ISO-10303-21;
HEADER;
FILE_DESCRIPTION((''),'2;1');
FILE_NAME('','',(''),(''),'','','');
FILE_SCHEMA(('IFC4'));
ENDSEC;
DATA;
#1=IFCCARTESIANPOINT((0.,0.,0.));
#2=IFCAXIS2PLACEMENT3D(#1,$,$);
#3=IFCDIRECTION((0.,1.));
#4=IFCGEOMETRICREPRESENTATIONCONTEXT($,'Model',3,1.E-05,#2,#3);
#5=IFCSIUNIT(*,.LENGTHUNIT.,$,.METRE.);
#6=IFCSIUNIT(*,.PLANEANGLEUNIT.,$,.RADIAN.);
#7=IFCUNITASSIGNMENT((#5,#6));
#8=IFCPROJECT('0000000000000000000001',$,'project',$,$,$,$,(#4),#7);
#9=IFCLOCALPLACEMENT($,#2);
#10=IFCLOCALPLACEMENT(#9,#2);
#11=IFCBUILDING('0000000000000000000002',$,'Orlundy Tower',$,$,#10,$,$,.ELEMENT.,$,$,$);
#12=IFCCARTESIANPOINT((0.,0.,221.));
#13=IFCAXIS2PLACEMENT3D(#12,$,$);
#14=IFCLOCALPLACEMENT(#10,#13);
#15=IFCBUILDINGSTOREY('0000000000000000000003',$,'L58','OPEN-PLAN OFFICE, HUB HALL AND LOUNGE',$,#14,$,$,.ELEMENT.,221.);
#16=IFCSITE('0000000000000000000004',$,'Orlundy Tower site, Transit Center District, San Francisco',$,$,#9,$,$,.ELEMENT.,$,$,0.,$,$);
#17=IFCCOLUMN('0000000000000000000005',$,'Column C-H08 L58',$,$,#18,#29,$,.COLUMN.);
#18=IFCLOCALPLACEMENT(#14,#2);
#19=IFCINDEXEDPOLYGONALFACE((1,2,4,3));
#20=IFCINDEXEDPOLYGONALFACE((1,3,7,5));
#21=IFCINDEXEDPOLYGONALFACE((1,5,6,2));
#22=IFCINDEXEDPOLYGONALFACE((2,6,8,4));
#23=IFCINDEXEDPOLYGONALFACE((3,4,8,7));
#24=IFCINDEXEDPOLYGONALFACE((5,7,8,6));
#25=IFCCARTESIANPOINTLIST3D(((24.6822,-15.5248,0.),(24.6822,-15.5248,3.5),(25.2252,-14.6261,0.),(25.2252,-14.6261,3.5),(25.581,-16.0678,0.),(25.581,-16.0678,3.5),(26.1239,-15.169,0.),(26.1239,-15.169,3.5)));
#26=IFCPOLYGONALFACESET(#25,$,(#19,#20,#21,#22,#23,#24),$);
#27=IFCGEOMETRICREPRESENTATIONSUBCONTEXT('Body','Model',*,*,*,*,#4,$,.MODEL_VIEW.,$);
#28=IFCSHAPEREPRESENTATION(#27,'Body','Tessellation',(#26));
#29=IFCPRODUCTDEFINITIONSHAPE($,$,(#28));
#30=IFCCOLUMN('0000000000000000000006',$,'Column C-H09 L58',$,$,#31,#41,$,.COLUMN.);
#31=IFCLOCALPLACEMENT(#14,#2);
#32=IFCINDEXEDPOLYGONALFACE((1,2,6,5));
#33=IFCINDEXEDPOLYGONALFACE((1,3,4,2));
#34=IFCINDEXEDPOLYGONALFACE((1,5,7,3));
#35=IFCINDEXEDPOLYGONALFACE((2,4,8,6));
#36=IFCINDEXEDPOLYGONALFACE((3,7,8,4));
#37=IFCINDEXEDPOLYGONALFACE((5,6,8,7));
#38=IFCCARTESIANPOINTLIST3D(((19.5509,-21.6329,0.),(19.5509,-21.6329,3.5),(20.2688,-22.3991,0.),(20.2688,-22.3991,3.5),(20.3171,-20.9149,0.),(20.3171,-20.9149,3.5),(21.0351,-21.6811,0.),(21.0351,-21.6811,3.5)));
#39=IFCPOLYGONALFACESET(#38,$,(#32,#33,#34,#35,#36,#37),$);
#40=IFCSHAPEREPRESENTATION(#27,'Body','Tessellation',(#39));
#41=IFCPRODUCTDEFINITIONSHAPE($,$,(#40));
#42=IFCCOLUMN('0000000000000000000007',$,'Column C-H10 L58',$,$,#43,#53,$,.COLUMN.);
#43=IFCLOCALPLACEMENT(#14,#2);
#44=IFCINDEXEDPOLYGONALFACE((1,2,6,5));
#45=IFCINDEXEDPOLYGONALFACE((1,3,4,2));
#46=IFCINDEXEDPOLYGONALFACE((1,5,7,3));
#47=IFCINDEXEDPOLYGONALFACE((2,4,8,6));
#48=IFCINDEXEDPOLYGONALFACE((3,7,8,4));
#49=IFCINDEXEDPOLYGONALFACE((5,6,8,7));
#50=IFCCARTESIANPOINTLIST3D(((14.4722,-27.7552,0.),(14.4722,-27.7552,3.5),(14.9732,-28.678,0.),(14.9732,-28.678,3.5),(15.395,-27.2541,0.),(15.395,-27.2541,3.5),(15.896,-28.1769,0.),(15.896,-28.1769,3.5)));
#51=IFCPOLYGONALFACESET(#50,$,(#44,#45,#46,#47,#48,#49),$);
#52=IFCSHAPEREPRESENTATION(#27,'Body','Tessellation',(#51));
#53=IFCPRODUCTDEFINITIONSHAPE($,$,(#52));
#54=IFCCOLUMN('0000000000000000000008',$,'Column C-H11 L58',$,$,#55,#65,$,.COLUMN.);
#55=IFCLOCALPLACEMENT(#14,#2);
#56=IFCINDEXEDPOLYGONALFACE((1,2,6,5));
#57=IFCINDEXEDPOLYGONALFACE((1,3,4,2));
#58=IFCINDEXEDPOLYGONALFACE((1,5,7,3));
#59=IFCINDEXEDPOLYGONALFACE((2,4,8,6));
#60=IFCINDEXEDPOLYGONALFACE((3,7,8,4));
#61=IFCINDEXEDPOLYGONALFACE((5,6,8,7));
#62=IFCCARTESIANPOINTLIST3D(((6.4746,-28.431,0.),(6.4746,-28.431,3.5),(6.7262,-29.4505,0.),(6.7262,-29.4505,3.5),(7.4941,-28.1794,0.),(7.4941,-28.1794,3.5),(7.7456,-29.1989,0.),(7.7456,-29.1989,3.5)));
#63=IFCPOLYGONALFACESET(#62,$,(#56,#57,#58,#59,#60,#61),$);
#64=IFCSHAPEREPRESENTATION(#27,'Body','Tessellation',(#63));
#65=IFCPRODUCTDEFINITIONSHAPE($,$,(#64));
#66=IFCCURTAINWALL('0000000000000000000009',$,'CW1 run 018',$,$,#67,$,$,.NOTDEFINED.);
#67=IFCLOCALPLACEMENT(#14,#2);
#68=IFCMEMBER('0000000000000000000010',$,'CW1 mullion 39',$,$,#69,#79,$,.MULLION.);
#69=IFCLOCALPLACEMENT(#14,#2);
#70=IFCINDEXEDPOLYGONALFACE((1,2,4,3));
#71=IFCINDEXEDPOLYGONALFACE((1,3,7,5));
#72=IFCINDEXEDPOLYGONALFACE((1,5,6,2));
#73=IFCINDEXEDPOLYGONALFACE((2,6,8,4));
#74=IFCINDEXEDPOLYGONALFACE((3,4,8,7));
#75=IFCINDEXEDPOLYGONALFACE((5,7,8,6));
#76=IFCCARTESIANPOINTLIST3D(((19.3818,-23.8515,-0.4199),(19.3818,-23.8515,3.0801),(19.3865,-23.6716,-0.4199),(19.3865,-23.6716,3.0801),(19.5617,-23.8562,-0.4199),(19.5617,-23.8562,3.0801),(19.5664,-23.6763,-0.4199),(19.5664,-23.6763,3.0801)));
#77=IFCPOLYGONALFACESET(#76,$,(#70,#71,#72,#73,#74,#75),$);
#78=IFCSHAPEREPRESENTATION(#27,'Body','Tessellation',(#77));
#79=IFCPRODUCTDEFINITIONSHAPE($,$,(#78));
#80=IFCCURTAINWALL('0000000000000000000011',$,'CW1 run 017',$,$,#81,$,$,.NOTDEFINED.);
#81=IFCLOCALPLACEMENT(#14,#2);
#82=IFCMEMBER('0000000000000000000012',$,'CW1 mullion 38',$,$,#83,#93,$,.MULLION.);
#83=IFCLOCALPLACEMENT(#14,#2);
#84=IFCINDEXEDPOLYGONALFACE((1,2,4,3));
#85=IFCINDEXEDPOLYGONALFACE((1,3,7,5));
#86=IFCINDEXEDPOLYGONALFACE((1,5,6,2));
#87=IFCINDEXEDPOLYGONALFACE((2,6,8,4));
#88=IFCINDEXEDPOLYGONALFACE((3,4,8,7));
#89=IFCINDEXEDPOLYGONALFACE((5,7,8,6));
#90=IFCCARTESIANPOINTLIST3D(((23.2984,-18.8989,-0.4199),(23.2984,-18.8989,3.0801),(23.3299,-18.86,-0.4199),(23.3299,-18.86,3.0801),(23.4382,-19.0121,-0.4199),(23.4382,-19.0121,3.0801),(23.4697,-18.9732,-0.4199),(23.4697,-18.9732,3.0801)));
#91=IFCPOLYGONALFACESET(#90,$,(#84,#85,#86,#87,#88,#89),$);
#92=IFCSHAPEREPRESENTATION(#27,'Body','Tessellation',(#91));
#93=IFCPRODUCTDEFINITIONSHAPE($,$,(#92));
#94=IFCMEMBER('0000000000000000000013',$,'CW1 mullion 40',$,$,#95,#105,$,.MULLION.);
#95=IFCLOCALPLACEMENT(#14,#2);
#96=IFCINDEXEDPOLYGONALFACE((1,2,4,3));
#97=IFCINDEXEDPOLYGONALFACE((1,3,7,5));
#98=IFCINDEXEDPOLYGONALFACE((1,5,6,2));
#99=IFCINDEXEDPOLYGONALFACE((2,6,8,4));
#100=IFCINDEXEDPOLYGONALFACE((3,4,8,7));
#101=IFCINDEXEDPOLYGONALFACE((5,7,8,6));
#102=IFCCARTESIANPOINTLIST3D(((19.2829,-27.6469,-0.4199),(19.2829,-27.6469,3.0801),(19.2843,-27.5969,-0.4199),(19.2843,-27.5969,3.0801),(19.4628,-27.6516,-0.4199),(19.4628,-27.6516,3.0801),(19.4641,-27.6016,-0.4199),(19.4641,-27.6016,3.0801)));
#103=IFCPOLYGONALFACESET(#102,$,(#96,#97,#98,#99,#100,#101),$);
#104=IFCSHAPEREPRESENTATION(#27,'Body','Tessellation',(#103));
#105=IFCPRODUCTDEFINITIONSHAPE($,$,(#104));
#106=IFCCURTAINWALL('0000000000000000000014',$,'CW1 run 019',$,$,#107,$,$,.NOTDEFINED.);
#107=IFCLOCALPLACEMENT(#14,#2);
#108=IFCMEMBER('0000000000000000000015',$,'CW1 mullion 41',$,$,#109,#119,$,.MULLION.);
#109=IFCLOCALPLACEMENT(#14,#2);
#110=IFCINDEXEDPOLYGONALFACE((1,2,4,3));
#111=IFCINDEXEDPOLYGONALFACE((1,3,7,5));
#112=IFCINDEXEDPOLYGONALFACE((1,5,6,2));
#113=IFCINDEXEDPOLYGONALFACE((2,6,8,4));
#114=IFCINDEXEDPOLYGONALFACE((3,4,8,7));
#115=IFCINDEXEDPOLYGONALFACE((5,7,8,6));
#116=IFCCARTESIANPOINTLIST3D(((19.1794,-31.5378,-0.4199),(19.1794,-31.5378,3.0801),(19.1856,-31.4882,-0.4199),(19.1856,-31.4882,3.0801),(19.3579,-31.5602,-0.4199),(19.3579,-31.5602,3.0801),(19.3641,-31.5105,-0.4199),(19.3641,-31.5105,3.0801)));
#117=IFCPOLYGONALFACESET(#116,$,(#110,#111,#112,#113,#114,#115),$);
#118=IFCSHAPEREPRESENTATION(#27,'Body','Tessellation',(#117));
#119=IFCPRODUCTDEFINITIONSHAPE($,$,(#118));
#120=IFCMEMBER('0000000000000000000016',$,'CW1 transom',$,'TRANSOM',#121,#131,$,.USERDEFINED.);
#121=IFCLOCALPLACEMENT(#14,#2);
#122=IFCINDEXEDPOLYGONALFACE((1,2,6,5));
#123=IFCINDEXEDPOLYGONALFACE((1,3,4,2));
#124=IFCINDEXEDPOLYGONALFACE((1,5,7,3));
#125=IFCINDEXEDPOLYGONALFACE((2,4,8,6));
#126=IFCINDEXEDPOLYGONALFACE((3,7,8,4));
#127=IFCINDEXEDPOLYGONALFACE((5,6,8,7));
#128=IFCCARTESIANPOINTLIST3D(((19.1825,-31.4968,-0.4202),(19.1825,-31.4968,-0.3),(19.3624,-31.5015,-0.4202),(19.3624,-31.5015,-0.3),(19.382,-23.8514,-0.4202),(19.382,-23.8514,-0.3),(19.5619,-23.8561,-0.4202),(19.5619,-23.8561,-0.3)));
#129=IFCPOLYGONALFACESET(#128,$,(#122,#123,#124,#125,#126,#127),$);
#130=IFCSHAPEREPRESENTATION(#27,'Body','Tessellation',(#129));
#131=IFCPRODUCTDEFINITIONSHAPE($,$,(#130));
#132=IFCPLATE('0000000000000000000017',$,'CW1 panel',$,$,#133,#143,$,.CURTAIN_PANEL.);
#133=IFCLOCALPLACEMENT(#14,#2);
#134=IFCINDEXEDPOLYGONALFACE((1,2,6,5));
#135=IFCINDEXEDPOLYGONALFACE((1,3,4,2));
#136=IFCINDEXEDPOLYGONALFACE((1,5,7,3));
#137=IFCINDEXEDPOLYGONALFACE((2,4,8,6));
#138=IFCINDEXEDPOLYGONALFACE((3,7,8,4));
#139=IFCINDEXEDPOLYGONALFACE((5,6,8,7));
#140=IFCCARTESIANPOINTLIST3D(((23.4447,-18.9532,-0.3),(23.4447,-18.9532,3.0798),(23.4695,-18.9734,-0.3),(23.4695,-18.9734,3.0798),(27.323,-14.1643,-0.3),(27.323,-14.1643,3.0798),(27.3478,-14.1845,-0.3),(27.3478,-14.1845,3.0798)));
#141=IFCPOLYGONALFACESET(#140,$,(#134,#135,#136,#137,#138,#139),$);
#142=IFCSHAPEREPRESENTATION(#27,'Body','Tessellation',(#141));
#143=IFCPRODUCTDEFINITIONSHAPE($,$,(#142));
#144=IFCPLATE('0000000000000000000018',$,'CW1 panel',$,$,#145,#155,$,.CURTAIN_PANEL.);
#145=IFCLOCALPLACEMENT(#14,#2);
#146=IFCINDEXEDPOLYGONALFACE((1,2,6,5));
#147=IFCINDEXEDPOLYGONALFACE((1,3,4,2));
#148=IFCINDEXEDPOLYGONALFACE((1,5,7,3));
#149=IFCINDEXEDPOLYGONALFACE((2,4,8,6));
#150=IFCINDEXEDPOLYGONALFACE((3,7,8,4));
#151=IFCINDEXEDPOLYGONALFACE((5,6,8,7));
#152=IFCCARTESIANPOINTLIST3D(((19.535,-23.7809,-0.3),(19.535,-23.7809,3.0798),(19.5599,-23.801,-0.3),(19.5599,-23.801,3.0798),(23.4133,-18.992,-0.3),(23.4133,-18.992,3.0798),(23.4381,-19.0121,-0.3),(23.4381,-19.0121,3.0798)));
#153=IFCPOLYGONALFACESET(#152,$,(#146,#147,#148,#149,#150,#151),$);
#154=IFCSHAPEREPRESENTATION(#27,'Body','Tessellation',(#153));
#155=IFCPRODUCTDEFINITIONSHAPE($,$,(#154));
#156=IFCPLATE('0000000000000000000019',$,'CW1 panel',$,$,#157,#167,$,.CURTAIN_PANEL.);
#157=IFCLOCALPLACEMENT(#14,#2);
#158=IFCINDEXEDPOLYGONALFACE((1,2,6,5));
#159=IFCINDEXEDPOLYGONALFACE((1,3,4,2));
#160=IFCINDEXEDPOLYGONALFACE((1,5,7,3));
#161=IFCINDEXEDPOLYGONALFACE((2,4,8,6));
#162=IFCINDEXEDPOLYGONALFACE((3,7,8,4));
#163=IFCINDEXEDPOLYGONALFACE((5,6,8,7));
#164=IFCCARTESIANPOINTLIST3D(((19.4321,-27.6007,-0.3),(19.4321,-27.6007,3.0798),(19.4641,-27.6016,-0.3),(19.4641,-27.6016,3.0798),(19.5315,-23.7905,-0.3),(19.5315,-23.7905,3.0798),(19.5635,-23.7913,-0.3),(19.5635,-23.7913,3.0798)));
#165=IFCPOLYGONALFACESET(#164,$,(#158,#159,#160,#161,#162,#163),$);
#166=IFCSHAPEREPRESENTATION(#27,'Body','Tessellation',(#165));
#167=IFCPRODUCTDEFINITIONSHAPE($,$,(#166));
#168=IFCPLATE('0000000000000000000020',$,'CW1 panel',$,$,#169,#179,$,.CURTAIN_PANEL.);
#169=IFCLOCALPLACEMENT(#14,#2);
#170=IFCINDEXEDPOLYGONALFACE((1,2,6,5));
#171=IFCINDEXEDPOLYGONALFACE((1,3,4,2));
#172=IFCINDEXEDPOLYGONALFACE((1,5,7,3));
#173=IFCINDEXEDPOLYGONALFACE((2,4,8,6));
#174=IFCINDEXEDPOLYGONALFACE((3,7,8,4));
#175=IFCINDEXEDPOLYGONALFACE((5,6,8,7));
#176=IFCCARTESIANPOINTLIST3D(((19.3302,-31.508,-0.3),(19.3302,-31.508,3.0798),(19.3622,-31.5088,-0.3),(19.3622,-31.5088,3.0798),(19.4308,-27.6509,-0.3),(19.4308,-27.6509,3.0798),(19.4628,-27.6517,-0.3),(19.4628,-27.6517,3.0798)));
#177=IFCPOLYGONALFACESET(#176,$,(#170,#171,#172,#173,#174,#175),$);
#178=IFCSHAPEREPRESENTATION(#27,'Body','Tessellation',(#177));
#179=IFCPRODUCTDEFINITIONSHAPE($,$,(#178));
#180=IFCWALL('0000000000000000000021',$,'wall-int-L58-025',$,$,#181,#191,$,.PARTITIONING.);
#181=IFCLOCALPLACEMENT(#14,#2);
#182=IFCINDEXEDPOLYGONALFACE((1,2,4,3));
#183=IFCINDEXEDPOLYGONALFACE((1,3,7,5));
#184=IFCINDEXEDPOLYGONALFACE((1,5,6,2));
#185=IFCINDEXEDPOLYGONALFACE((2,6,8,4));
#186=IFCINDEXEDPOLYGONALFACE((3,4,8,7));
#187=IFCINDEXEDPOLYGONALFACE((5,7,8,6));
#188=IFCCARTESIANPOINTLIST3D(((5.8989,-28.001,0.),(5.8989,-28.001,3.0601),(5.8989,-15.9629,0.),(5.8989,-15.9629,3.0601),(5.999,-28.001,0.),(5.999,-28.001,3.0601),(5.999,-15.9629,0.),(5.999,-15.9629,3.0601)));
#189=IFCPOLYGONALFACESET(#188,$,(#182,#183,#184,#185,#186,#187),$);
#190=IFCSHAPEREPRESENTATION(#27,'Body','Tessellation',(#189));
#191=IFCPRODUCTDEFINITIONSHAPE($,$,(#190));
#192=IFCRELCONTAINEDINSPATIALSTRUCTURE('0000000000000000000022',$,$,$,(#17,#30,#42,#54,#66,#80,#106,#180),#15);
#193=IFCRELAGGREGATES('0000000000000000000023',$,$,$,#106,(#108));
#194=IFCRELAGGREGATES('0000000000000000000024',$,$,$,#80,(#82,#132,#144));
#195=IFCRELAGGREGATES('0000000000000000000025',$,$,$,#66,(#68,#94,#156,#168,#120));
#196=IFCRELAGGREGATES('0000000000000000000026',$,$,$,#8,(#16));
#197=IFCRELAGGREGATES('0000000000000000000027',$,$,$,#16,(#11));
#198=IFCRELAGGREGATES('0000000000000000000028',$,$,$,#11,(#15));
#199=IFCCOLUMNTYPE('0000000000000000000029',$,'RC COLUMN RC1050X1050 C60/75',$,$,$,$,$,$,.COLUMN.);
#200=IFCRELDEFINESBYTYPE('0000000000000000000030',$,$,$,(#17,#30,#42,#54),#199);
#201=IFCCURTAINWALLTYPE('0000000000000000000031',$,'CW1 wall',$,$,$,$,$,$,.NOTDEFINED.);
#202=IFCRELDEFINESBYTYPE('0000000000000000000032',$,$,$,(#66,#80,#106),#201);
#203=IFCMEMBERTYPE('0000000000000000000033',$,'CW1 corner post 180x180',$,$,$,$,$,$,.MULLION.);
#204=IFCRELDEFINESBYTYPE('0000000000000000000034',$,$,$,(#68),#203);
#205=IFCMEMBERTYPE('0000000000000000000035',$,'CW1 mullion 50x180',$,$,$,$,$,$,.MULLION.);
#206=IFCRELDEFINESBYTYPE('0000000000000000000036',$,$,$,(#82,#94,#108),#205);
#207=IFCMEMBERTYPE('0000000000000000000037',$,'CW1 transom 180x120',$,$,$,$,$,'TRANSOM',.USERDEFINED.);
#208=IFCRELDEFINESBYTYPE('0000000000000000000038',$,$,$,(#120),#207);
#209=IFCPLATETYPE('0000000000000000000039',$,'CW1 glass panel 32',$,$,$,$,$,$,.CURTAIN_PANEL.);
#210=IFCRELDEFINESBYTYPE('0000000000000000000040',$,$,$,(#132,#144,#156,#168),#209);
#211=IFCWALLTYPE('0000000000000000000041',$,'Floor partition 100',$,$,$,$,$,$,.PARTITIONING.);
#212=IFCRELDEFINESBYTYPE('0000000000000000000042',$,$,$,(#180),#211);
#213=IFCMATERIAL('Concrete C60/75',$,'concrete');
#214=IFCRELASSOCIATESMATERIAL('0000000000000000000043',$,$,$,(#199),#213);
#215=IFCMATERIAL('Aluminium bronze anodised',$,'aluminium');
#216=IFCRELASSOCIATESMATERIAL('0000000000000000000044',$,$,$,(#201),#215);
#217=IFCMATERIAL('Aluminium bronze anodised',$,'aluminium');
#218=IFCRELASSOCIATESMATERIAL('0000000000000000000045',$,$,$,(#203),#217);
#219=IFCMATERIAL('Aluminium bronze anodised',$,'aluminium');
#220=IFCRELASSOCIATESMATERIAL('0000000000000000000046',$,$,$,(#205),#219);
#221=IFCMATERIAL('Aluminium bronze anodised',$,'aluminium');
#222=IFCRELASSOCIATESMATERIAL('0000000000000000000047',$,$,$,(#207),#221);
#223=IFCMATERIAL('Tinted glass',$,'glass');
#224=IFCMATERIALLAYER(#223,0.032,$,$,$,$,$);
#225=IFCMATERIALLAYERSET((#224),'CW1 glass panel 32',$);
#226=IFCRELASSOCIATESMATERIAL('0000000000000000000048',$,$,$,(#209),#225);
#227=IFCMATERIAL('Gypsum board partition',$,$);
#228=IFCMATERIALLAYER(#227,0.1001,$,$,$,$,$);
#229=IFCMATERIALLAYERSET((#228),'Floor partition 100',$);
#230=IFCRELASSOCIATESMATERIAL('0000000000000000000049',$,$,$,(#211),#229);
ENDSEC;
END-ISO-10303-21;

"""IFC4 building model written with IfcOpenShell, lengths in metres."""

from ifc_helpers import new_model, si_unit, direction, frame, frame_2d, origin, origin_2d, place, context, subcontext, project, spatial, rectangle, extrude, material, layer, layer_set, material_profile, profile_set, type_object, element, aggregate, save


model = new_model("IFC4")

# Units and contexts
model_context = context("Model", 3, precision=1e-05, world=origin(), true_north=direction((0.0, 1.0)))
body_context = subcontext(model_context, "Body", "Model", "MODEL_VIEW")
ifc_project = project(units=[si_unit("LENGTHUNIT", "METRE"), si_unit("PLANEANGLEUNIT", "RADIAN")], contexts=[model_context])

# Site, building, storey
site_placement = place(None, origin())
site = spatial("IfcSite", under=ifc_project, at=site_placement, Name="Orlundy Tower site, Transit Center District, San Francisco", CompositionType="ELEMENT", RefElevation=0.0)
building_placement = place(site_placement, origin())
building = spatial("IfcBuilding", under=site, at=building_placement, Name="Orlundy Tower", CompositionType="ELEMENT")
storey_placement = place(building_placement, frame((0.0, 0.0, 221.0)))
storey = spatial("IfcBuildingStorey", under=building, at=storey_placement, Name="L58", Description="OPEN-PLAN OFFICE, HUB HALL AND LOUNGE", CompositionType="ELEMENT", Elevation=221.0)

# Columns
ifc_material_1 = material(Name="Concrete C60/75", Category="concrete")
ifc_material_profile_1 = material_profile(ifc_material_1, rectangle(XDim=1.05, YDim=1.05, at=origin_2d()), Name="RC1050X1050")
ifc_profile_set_1 = profile_set([ifc_material_profile_1], Name="Concrete C60/75")
column_type = type_object("IfcColumnType", Name="RC COLUMN RC1050X1050 C60/75", PredefinedType="COLUMN", material=ifc_profile_set_1)
for number, where, z_axis, x_axis, name in (
    (1, (25.4031, -15.3469, 0.0), (0.0, 0.0, 1.0), (0.855924, -0.517101, 0.0), "Column C-H08 L58"),
    (2, (20.293, -21.657, 0.0), (0.0, 0.0, 1.0), (0.683758, -0.729709, 0.0), "Column C-H09 L58"),
    (3, (15.1841, -27.9661, 0.0), (0.0, 0.0, 1.0), (0.477159, -0.878817, 0.0), "Column C-H10 L58"),
    (4, (7.1101, -28.8149, 0.0), (0.0, 0.0, 1.0), (0.239567, -0.97088, 0.0), "Column C-H11 L58"),
):
    element("IfcColumn", number, at=place(storey_placement, frame(where, z_axis=z_axis, x_axis=x_axis)), inside=storey, type_object=column_type, Name=name, PredefinedType="COLUMN", context=body_context, shape_type="SweptSolid", body=[
        extrude(rectangle(XDim=1.05, YDim=1.05, at=origin_2d()), origin(), (0.0, 0.0, 1.0), 3.5),
    ])

# Curtain walls, members
ifc_material_2 = material(Name="Aluminium bronze anodised", Category="aluminium")
curtain_wall_type = type_object("IfcCurtainWallType", Name="CW1 wall", PredefinedType="NOTDEFINED", material=ifc_material_2)
curtain_wall_1_placement = place(storey_placement, origin())
curtain_wall_1 = element("IfcCurtainWall", 5, at=curtain_wall_1_placement, inside=storey, type_object=curtain_wall_type, Name="CW1 run 018", PredefinedType="NOTDEFINED")
ifc_material_3 = material(Name="Aluminium bronze anodised", Category="aluminium")
ifc_material_profile_2 = material_profile(ifc_material_3, rectangle(XDim=0.1799, YDim=0.1799, at=origin_2d()), Name="CW1 corner post 180x180")
ifc_profile_set_2 = profile_set([ifc_material_profile_2], Name="Aluminium bronze anodised")
member_type_1 = type_object("IfcMemberType", Name="CW1 corner post 180x180", PredefinedType="MULLION", material=ifc_profile_set_2)
member_1_placement = place(storey_placement, frame((19.4741, -23.7639, -0.4199), z_axis=(0.0, 0.0, 1.0), x_axis=(0.99966, -0.026077, 0.0)))
member_1 = element("IfcMember", 6, at=member_1_placement, type_object=member_type_1, Name="CW1 mullion 39", PredefinedType="MULLION", context=body_context, shape_type="SweptSolid", body=[
    extrude(rectangle(XDim=0.1799, YDim=0.1799, at=origin_2d()), origin(), (0.0, 0.0, 1.0), 3.5),
])
curtain_wall_2_placement = place(storey_placement, origin())
curtain_wall_2 = element("IfcCurtainWall", 7, at=curtain_wall_2_placement, inside=storey, type_object=curtain_wall_type, Name="CW1 run 017", PredefinedType="NOTDEFINED")
ifc_material_4 = material(Name="Aluminium bronze anodised", Category="aluminium")
ifc_material_profile_3 = material_profile(ifc_material_4, rectangle(XDim=0.1799, YDim=0.05, at=origin_2d()), Name="CW1 mullion 50x180")
ifc_profile_set_3 = profile_set([ifc_material_profile_3], Name="Aluminium bronze anodised")
member_type_2 = type_object("IfcMemberType", Name="CW1 mullion 50x180", PredefinedType="MULLION", material=ifc_profile_set_3)
member_2_placement = place(storey_placement, frame((23.384, -18.936, -0.4199), z_axis=(0.0, 0.0, 1.0), x_axis=(0.77712, -0.629353, 0.0)))
member_2 = element("IfcMember", 8, at=member_2_placement, type_object=member_type_2, Name="CW1 mullion 38", PredefinedType="MULLION", context=body_context, shape_type="SweptSolid", body=[
    extrude(rectangle(XDim=0.1799, YDim=0.05, at=origin_2d()), origin(), (0.0, 0.0, 1.0), 3.5),
])

# Member
member_3_placement = place(storey_placement, frame((19.3735, -27.6243, -0.4199), z_axis=(0.0, 0.0, 1.0), x_axis=(0.99966, -0.026077, 0.0)))
member_3 = element("IfcMember", 9, at=member_3_placement, type_object=member_type_2, Name="CW1 mullion 40", PredefinedType="MULLION", context=body_context, shape_type="SweptSolid", body=[
    extrude(rectangle(XDim=0.1799, YDim=0.05, at=origin_2d()), origin(), (0.0, 0.0, 1.0), 3.5),
])

# Curtain wall, member
curtain_wall_3_placement = place(storey_placement, origin())
curtain_wall_3 = element("IfcCurtainWall", 10, at=curtain_wall_3_placement, inside=storey, type_object=curtain_wall_type, Name="CW1 run 019", PredefinedType="NOTDEFINED")
member_4_placement = place(storey_placement, frame((19.2717, -31.5242, -0.4199), z_axis=(0.0, 0.0, 1.0), x_axis=(0.992284, -0.123986, 0.0)))
member_4 = element("IfcMember", 11, at=member_4_placement, type_object=member_type_2, Name="CW1 mullion 41", PredefinedType="MULLION", context=body_context, shape_type="SweptSolid", body=[
    extrude(rectangle(XDim=0.1799, YDim=0.05, at=origin_2d()), origin(), (0.0, 0.0, 1.0), 3.5),
])
aggregate(curtain_wall_3, [member_4])

# Member
ifc_material_5 = material(Name="Aluminium bronze anodised", Category="aluminium")
ifc_material_profile_4 = material_profile(ifc_material_5, rectangle(XDim=0.1799, YDim=0.1201, at=origin_2d()), Name="CW1 transom 180x120")
ifc_profile_set_4 = profile_set([ifc_material_profile_4], Name="Aluminium bronze anodised")
member_type_3 = type_object("IfcMemberType", Name="CW1 transom 180x120", ElementType="TRANSOM", PredefinedType="USERDEFINED", material=ifc_profile_set_4)
member_5_placement = place(storey_placement, frame((19.4719, -23.8538, -0.3601), z_axis=(-0.026081, -0.99966, 0.0), x_axis=(0.99966, -0.026081, 0.0)))
member_5 = element("IfcMember", 12, at=member_5_placement, type_object=member_type_3, Name="CW1 transom", ObjectType="TRANSOM", PredefinedType="USERDEFINED", context=body_context, shape_type="SweptSolid", body=[
    extrude(rectangle(XDim=0.1799, YDim=0.1201, at=origin_2d()), origin(), (0.0, 0.0, 1.0), 7.6479),
])

# Plates
ifc_material_6 = material(Name="Tinted glass", Category="glass")
ifc_layer_1 = layer(ifc_material_6, 0.032)
ifc_layer_set_1 = layer_set([ifc_layer_1], Name="CW1 glass panel 32")
plate_type = type_object("IfcPlateType", Name="CW1 glass panel 32", PredefinedType="CURTAIN_PANEL", material=ifc_layer_set_1)
plate_1_placement = place(storey_placement, frame((25.3962, -16.5688, -0.3), z_axis=(0.0, 0.0, 1.0), x_axis=(-0.629353, -0.77712, 0.0)))
plate_1 = element("IfcPlate", 13, at=plate_1_placement, type_object=plate_type, Name="CW1 panel", PredefinedType="CURTAIN_PANEL", context=body_context, shape_type="SweptSolid", body=[
    extrude(rectangle(XDim=6.1624, YDim=0.032, at=origin_2d()), origin(), (0.0, 0.0, 1.0), 3.3799),
])
plate_2_placement = place(storey_placement, frame((21.4866, -21.3965, -0.3), z_axis=(0.0, 0.0, 1.0), x_axis=(-0.629353, -0.77712, 0.0)))
plate_2 = element("IfcPlate", 14, at=plate_2_placement, type_object=plate_type, Name="CW1 panel", PredefinedType="CURTAIN_PANEL", context=body_context, shape_type="SweptSolid", body=[
    extrude(rectangle(XDim=6.1624, YDim=0.032, at=origin_2d()), origin(), (0.0, 0.0, 1.0), 3.3799),
])
aggregate(curtain_wall_2, [member_2, plate_1, plate_2])
plate_3_placement = place(storey_placement, frame((19.4978, -25.696, -0.3), z_axis=(0.0, 0.0, 1.0), x_axis=(-0.026077, -0.99966, 0.0)))
plate_3 = element("IfcPlate", 15, at=plate_3_placement, type_object=plate_type, Name="CW1 panel", PredefinedType="CURTAIN_PANEL", context=body_context, shape_type="SweptSolid", body=[
    extrude(rectangle(XDim=3.8115, YDim=0.032, at=origin_2d()), origin(), (0.0, 0.0, 1.0), 3.3799),
])
plate_4_placement = place(storey_placement, frame((19.3965, -29.5798, -0.3), z_axis=(0.0, 0.0, 1.0), x_axis=(-0.026077, -0.99966, 0.0)))
plate_4 = element("IfcPlate", 16, at=plate_4_placement, type_object=plate_type, Name="CW1 panel", PredefinedType="CURTAIN_PANEL", context=body_context, shape_type="SweptSolid", body=[
    extrude(rectangle(XDim=3.8584, YDim=0.032, at=origin_2d()), origin(), (0.0, 0.0, 1.0), 3.3799),
])
aggregate(curtain_wall_1, [member_1, member_3, plate_3, plate_4, member_5])

# Wall
ifc_material_7 = material(Name="Gypsum board partition")
ifc_layer_2 = layer(ifc_material_7, 0.1001)
ifc_layer_set_2 = layer_set([ifc_layer_2], Name="Floor partition 100")
wall_type_1 = type_object("IfcWallType", Name="Floor partition 100", PredefinedType="PARTITIONING", material=ifc_layer_set_2)
wall_1_placement = place(storey_placement, frame((5.949, -28.001, 0.0), z_axis=(0.0, 0.0, 1.0), x_axis=(0.0, 1.0, 0.0)))
element("IfcWall", 17, at=wall_1_placement, inside=storey, type_object=wall_type_1, Name="wall-int-L58-025", PredefinedType="PARTITIONING", context=body_context, shape_type="SweptSolid", body=[
    extrude(rectangle(XDim=12.0381, YDim=0.1001, at=frame_2d((6.019, 0.0))), origin(), (0.0, 0.0, 1.0), 3.0601),
])

save(model, "model.ifc")
